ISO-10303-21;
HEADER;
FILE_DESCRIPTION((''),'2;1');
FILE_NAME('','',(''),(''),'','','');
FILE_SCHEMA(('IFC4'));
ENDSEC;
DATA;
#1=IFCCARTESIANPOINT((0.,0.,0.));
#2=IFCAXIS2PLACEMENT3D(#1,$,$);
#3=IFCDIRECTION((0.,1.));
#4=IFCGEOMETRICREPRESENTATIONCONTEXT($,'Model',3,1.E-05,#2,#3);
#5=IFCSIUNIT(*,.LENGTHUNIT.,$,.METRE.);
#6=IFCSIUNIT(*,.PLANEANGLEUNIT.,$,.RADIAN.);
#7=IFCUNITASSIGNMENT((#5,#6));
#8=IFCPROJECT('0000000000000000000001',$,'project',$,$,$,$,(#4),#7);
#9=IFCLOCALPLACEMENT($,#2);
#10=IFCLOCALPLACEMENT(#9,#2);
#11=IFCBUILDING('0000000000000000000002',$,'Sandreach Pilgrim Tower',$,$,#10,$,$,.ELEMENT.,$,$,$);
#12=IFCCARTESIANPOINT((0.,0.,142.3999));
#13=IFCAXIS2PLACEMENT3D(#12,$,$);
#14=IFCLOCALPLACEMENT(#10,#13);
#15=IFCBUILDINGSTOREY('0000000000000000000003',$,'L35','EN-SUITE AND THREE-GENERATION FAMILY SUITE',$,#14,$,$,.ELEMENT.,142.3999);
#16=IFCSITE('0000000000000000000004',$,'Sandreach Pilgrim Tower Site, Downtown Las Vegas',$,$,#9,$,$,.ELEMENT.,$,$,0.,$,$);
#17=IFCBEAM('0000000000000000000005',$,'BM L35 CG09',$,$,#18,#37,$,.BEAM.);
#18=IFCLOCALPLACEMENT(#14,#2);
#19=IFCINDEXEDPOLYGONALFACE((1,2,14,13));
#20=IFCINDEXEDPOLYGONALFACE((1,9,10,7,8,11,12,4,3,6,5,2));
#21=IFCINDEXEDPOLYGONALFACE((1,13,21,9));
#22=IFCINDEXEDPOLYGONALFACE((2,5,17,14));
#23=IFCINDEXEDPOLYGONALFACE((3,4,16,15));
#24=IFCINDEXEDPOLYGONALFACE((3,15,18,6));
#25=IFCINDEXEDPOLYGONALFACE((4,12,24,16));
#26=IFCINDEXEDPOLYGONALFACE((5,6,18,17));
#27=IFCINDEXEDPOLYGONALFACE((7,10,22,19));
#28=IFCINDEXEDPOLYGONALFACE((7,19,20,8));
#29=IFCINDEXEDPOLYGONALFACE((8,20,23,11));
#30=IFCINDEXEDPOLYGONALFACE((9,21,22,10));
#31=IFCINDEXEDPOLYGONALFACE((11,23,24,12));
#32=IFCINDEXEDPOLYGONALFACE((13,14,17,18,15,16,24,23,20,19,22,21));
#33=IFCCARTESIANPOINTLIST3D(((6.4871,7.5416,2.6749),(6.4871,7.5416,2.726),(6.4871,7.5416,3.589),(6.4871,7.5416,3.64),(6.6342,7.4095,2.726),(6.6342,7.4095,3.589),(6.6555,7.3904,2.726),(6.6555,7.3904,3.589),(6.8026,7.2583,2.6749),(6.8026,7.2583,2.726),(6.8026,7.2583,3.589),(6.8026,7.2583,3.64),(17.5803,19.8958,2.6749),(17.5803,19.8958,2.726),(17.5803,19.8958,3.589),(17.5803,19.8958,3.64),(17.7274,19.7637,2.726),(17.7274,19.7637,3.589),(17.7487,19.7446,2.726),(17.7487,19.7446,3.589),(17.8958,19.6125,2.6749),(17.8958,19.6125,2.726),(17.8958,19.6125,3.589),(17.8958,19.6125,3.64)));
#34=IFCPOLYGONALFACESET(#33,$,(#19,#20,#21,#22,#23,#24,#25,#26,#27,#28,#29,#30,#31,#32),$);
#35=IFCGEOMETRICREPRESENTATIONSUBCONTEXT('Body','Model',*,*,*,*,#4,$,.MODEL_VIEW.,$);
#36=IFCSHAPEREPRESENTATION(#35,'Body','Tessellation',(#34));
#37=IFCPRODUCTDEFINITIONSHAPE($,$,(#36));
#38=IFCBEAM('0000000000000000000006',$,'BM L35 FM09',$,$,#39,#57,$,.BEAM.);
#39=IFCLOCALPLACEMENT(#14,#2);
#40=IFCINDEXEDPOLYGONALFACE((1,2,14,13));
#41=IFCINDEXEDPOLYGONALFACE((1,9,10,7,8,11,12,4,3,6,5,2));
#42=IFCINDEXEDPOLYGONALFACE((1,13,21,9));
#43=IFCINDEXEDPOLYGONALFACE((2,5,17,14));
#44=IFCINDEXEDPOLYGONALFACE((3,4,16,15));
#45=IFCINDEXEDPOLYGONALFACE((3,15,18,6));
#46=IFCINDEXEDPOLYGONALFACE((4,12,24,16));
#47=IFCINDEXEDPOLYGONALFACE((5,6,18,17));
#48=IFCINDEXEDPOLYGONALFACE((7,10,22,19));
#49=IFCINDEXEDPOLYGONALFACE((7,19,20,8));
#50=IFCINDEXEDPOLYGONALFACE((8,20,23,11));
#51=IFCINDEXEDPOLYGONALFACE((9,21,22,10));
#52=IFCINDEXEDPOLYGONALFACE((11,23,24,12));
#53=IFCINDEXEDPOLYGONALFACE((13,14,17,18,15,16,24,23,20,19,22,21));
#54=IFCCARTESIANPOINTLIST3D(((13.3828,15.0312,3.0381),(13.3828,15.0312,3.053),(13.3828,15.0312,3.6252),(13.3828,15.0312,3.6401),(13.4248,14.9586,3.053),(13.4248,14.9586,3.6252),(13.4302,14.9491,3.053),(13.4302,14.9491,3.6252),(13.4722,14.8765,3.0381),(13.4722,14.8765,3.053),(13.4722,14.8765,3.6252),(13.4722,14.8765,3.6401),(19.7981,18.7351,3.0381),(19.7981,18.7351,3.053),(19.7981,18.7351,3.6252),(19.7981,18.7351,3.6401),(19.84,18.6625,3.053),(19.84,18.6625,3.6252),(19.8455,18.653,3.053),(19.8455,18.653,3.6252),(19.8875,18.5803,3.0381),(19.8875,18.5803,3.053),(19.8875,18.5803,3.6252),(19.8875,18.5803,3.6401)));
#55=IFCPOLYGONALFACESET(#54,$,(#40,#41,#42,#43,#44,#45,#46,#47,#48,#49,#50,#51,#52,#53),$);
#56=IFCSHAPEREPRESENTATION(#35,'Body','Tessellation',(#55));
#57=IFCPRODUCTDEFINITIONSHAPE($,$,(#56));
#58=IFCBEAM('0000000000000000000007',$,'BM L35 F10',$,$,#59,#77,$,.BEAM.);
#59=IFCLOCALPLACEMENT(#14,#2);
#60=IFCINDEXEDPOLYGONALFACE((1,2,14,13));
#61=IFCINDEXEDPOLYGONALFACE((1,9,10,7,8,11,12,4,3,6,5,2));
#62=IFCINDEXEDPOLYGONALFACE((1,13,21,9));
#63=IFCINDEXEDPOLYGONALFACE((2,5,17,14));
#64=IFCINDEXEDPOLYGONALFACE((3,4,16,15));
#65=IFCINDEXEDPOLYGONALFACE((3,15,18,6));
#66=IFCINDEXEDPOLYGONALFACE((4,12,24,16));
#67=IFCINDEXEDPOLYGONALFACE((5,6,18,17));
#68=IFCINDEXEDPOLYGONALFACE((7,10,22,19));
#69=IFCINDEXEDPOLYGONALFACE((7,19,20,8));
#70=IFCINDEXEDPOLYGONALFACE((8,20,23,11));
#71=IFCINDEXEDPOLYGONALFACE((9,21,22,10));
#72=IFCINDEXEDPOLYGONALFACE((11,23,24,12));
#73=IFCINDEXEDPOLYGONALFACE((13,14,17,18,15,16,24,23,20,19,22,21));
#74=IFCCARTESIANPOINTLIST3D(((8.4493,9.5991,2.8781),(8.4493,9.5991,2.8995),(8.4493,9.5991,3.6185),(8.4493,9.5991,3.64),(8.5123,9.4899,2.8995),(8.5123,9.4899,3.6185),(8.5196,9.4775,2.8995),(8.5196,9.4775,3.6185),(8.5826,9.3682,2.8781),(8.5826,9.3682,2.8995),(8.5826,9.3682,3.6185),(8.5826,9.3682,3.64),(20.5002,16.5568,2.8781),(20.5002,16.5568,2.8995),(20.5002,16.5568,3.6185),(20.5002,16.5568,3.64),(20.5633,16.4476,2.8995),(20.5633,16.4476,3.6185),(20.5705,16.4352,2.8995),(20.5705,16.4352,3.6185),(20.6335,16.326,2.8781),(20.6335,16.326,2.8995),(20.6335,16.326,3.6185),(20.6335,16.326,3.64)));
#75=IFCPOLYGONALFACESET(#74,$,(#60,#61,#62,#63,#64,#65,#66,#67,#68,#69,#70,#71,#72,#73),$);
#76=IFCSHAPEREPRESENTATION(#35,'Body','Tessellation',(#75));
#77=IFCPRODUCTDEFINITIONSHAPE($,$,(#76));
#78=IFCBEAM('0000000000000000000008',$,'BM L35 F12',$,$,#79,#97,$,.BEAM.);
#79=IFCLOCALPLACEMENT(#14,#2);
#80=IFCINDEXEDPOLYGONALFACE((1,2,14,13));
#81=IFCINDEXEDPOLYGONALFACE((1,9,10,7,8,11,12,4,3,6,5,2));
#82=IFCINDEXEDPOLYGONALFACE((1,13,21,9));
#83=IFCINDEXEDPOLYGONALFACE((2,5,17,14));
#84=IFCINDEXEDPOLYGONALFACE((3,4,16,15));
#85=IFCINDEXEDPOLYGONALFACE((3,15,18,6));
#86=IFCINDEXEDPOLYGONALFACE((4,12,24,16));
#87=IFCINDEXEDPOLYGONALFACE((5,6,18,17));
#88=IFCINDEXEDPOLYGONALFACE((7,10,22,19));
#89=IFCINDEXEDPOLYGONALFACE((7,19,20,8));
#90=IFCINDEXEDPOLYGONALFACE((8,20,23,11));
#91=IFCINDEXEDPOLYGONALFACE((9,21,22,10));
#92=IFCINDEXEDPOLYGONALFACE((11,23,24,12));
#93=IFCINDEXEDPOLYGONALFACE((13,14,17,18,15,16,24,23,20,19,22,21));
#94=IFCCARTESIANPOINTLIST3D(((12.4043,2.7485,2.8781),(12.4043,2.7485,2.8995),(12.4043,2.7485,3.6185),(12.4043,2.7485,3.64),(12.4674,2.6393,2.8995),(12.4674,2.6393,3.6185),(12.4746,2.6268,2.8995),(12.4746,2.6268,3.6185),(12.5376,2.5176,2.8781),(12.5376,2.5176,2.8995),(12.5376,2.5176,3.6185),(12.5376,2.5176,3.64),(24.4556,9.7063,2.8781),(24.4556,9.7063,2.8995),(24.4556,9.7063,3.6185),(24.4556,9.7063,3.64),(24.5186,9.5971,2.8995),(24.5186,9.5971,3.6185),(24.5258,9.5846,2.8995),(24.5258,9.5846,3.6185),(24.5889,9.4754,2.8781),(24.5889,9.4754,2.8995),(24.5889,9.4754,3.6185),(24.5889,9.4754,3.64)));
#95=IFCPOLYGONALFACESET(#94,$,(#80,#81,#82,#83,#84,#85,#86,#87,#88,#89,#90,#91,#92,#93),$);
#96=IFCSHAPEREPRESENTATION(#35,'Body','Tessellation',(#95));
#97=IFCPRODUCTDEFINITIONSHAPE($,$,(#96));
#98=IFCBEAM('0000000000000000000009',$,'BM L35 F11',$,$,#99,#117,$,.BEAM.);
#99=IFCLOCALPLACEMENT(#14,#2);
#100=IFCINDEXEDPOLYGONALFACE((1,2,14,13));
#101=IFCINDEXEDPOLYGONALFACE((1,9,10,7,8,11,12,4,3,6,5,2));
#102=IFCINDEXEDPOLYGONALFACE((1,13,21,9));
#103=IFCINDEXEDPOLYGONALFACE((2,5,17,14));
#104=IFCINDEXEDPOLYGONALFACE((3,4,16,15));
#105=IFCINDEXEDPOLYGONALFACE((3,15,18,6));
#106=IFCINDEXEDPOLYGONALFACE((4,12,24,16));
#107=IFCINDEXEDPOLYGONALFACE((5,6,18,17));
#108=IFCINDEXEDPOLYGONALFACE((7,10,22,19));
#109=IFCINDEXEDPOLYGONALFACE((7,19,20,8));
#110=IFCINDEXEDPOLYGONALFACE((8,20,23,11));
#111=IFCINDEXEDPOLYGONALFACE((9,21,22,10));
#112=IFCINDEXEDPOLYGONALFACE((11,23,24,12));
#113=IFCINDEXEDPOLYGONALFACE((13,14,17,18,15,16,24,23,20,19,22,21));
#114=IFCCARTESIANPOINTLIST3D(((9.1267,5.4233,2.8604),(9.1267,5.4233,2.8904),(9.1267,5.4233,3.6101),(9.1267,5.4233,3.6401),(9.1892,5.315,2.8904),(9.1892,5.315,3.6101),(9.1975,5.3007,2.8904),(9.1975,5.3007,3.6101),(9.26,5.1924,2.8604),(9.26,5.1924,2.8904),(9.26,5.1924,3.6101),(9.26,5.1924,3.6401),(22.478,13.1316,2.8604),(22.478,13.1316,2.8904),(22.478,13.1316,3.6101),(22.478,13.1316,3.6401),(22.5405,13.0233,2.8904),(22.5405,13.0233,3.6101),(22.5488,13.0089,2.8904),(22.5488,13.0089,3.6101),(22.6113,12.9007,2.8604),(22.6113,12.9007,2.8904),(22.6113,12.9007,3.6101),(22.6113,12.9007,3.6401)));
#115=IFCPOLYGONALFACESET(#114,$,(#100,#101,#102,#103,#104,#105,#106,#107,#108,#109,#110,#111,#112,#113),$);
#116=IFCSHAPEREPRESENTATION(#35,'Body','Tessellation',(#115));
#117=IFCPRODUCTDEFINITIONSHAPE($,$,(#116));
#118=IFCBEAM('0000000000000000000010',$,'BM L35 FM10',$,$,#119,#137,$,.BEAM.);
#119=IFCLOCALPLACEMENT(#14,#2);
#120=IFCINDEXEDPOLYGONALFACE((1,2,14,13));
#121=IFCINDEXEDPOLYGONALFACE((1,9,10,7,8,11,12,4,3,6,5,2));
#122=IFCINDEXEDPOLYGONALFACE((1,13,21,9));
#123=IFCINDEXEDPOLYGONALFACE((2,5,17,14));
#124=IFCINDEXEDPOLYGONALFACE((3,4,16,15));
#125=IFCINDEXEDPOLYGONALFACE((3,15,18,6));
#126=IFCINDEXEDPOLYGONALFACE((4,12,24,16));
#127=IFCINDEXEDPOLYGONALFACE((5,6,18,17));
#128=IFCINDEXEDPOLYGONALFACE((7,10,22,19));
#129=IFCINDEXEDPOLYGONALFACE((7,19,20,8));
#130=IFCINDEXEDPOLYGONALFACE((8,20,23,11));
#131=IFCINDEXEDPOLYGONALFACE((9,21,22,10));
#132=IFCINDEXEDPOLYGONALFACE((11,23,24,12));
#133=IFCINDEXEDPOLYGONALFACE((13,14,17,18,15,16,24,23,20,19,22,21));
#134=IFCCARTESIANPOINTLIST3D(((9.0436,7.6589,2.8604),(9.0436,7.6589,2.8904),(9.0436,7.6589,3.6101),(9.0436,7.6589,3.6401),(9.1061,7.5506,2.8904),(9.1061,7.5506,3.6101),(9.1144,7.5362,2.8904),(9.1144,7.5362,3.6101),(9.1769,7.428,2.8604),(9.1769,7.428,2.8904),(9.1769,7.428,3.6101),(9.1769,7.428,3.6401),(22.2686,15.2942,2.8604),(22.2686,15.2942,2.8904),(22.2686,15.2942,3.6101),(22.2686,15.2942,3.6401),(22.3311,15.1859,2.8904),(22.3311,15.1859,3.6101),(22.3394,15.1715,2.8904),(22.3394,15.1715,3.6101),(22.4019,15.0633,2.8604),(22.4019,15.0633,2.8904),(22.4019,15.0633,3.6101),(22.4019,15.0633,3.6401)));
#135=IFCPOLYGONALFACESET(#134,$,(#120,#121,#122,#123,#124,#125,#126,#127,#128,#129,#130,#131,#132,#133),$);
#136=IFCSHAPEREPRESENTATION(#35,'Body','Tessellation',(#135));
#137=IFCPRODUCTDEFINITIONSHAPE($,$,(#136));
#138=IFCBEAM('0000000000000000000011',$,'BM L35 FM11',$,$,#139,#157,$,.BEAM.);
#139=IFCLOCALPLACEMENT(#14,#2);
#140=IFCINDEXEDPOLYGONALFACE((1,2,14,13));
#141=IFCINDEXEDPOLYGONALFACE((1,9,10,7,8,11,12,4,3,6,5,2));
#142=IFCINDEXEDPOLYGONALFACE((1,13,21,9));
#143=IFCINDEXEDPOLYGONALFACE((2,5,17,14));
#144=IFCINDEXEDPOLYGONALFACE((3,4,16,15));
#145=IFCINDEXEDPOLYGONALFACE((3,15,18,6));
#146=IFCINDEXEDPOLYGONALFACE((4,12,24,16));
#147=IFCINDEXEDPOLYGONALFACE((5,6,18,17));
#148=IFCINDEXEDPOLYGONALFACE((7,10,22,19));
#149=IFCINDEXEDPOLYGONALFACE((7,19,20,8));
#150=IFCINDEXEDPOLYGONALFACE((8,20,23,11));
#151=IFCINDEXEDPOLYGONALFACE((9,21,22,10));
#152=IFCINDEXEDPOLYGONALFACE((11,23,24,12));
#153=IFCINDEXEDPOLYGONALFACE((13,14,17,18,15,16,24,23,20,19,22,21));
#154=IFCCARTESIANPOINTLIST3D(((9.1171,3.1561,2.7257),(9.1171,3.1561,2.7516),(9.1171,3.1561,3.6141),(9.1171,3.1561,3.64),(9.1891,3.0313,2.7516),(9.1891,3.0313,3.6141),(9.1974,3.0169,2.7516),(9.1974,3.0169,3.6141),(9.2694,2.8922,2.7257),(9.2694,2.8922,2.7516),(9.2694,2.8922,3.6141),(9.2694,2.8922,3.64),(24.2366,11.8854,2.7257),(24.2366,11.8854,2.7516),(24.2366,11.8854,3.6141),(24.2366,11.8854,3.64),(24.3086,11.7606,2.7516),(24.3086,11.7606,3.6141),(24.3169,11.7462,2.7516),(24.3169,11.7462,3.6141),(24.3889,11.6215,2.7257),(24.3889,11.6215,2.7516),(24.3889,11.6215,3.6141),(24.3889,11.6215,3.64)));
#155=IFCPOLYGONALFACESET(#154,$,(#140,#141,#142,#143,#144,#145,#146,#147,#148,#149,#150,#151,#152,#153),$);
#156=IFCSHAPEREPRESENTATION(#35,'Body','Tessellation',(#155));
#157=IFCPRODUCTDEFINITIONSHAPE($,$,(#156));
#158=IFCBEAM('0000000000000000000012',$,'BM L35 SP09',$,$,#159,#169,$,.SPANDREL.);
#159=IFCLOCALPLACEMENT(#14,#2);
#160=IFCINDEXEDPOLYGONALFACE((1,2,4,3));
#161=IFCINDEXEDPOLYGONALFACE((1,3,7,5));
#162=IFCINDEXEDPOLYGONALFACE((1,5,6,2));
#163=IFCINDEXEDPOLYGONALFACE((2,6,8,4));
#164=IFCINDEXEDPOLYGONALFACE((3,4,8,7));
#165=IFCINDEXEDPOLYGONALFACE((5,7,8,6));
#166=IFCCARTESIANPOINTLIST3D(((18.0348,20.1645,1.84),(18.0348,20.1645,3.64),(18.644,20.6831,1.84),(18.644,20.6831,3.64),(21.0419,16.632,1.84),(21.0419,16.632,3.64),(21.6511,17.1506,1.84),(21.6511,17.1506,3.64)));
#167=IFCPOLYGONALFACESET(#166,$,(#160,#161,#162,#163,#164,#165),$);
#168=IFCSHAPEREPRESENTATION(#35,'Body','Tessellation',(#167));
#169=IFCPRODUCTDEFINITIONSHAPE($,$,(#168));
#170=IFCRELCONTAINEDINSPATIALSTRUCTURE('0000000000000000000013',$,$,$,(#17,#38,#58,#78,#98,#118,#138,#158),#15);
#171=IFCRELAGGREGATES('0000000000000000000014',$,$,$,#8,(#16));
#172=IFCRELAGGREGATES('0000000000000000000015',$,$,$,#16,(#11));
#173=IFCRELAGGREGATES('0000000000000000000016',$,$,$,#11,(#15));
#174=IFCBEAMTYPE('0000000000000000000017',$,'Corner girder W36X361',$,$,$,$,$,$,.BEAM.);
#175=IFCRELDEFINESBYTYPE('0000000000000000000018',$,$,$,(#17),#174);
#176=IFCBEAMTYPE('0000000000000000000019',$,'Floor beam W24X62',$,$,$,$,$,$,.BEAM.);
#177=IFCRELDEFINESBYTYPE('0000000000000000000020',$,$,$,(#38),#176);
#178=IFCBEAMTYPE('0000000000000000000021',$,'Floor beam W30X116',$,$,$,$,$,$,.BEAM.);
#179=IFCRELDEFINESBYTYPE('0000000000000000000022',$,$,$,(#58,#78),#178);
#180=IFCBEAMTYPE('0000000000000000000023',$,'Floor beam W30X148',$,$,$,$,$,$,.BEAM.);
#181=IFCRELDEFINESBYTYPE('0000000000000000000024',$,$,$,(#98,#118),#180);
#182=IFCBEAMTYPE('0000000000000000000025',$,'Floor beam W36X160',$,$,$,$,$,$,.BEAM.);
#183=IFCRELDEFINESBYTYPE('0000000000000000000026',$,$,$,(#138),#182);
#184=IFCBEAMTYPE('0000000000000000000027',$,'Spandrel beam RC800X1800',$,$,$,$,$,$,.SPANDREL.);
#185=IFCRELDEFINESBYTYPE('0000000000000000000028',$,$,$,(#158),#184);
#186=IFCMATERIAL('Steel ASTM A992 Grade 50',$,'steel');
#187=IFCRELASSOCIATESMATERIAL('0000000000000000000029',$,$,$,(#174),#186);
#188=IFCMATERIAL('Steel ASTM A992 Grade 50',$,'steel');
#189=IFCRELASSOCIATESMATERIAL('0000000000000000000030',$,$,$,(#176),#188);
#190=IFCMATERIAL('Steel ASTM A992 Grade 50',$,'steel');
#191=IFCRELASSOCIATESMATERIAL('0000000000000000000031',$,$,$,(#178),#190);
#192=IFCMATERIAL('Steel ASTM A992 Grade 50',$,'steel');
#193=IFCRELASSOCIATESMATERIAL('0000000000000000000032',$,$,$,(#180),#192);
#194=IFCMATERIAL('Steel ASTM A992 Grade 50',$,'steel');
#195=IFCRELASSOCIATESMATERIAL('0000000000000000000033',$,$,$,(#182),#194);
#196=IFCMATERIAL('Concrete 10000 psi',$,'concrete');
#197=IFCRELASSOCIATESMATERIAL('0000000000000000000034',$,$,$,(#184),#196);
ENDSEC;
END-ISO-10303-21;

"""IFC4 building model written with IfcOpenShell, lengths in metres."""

from ifc_helpers import new_model, si_unit, direction, frame, origin, origin_2d, place, context, subcontext, project, spatial, rectangle, i_section, extrude, material, material_profile, profile_set, type_object, element, save


model = new_model("IFC4")

# Units and contexts
model_context = context("Model", 3, precision=1e-05, world=origin(), true_north=direction((0.0, 1.0)))
body_context = subcontext(model_context, "Body", "Model", "MODEL_VIEW")
ifc_project = project(units=[si_unit("LENGTHUNIT", "METRE"), si_unit("PLANEANGLEUNIT", "RADIAN")], contexts=[model_context])

# Site, building, storey
site_placement = place(None, origin())
site = spatial("IfcSite", under=ifc_project, at=site_placement, Name="Sandreach Pilgrim Tower Site, Downtown Las Vegas", CompositionType="ELEMENT", RefElevation=0.0)
building_placement = place(site_placement, origin())
building = spatial("IfcBuilding", under=site, at=building_placement, Name="Sandreach Pilgrim Tower", CompositionType="ELEMENT")
storey_placement = place(building_placement, frame((0.0, 0.0, 142.3999)))
storey = spatial("IfcBuildingStorey", under=building, at=storey_placement, Name="L35", Description="EN-SUITE AND THREE-GENERATION FAMILY SUITE", CompositionType="ELEMENT", Elevation=142.3999)

# Beams
ifc_material_1 = material(Name="Steel ASTM A992 Grade 50", Category="steel")
ifc_material_profile_1 = material_profile(ifc_material_1, i_section(OverallWidth=0.4241, OverallDepth=0.9651, WebThickness=0.0286, FlangeThickness=0.051, at=origin_2d()), Name="W36X361")
ifc_profile_set_1 = profile_set([ifc_material_profile_1], Name="Steel ASTM A992 Grade 50")
beam_type_1 = type_object("IfcBeamType", Name="Corner girder W36X361", PredefinedType="BEAM", material=ifc_profile_set_1)
beam_1_placement = place(storey_placement, frame((17.738, 19.7542, 3.1575), z_axis=(-0.668114, -0.744059, 0.0), x_axis=(0.744059, -0.668114, 0.0)))
element("IfcBeam", 1, at=beam_1_placement, inside=storey, type_object=beam_type_1, Name="BM L35 CG09", PredefinedType="BEAM", context=body_context, shape_type="SweptSolid", body=[
    extrude(i_section(OverallWidth=0.4241, OverallDepth=0.9651, WebThickness=0.0286, FlangeThickness=0.051, at=origin_2d()), origin(), (0.0, 0.0, 1.0), 16.6038),
])
ifc_material_2 = material(Name="Steel ASTM A992 Grade 50", Category="steel")
ifc_material_profile_2 = material_profile(ifc_material_2, i_section(OverallWidth=0.1787, OverallDepth=0.6021, WebThickness=0.011, FlangeThickness=0.0149, at=origin_2d()), Name="W24X62")
ifc_profile_set_2 = profile_set([ifc_material_profile_2], Name="Steel ASTM A992 Grade 50")
beam_type_2 = type_object("IfcBeamType", Name="Floor beam W24X62", PredefinedType="BEAM", material=ifc_profile_set_2)
beam_2_placement = place(storey_placement, frame((19.8428, 18.6577, 3.3391), z_axis=(-0.866026, -0.499999, 0.0), x_axis=(0.499999, -0.866026, 0.0)))
element("IfcBeam", 2, at=beam_2_placement, inside=storey, type_object=beam_type_2, Name="BM L35 FM09", PredefinedType="BEAM", context=body_context, shape_type="SweptSolid", body=[
    extrude(i_section(OverallWidth=0.1787, OverallDepth=0.6021, WebThickness=0.011, FlangeThickness=0.0149, at=origin_2d()), origin(), (0.0, 0.0, 1.0), 7.4077),
])
ifc_material_3 = material(Name="Steel ASTM A992 Grade 50", Category="steel")
ifc_material_profile_3 = material_profile(ifc_material_3, i_section(OverallWidth=0.2666, OverallDepth=0.762, WebThickness=0.0144, FlangeThickness=0.0215, at=origin_2d()), Name="W30X116")
ifc_profile_set_3 = profile_set([ifc_material_profile_3], Name="Steel ASTM A992 Grade 50")
beam_type_3 = type_object("IfcBeamType", Name="Floor beam W30X116", PredefinedType="BEAM", material=ifc_profile_set_3)
beam_3_placement = place(storey_placement, frame((20.5669, 16.4414, 3.259), z_axis=(-0.866022, -0.500005, 0.0), x_axis=(0.500005, -0.866022, 0.0)))
element("IfcBeam", 3, at=beam_3_placement, inside=storey, type_object=beam_type_3, Name="BM L35 F10", PredefinedType="BEAM", context=body_context, shape_type="SweptSolid", body=[
    extrude(i_section(OverallWidth=0.2666, OverallDepth=0.762, WebThickness=0.0144, FlangeThickness=0.0215, at=origin_2d()), origin(), (0.0, 0.0, 1.0), 13.9153),
])
beam_4_placement = place(storey_placement, frame((24.5222, 9.5908, 3.259), z_axis=(-0.866027, -0.499998, 0.0), x_axis=(0.499998, -0.866027, 0.0)))
element("IfcBeam", 4, at=beam_4_placement, inside=storey, type_object=beam_type_3, Name="BM L35 F12", PredefinedType="BEAM", context=body_context, shape_type="SweptSolid", body=[
    extrude(i_section(OverallWidth=0.2666, OverallDepth=0.762, WebThickness=0.0144, FlangeThickness=0.0215, at=origin_2d()), origin(), (0.0, 0.0, 1.0), 13.9155),
])
ifc_material_4 = material(Name="Steel ASTM A992 Grade 50", Category="steel")
ifc_material_profile_4 = material_profile(ifc_material_4, i_section(OverallWidth=0.2666, OverallDepth=0.7798, WebThickness=0.0166, FlangeThickness=0.03, at=origin_2d()), Name="W30X148")
ifc_profile_set_4 = profile_set([ifc_material_profile_4], Name="Steel ASTM A992 Grade 50")
beam_type_4 = type_object("IfcBeamType", Name="Floor beam W30X148", PredefinedType="BEAM", material=ifc_profile_set_4)
beam_5_placement = place(storey_placement, frame((22.5447, 13.0161, 3.2502), z_axis=(-0.866029, -0.499993, 0.0), x_axis=(0.499993, -0.866029, 0.0)))
element("IfcBeam", 5, at=beam_5_placement, inside=storey, type_object=beam_type_4, Name="BM L35 F11", PredefinedType="BEAM", context=body_context, shape_type="SweptSolid", body=[
    extrude(i_section(OverallWidth=0.2666, OverallDepth=0.7798, WebThickness=0.0166, FlangeThickness=0.03, at=origin_2d()), origin(), (0.0, 0.0, 1.0), 15.4167),
])
beam_6_placement = place(storey_placement, frame((22.3352, 15.1787, 3.2502), z_axis=(-0.866029, -0.499994, 0.0), x_axis=(0.499994, -0.866029, 0.0)))
element("IfcBeam", 6, at=beam_6_placement, inside=storey, type_object=beam_type_4, Name="BM L35 FM10", PredefinedType="BEAM", context=body_context, shape_type="SweptSolid", body=[
    extrude(i_section(OverallWidth=0.2666, OverallDepth=0.7798, WebThickness=0.0166, FlangeThickness=0.03, at=origin_2d()), origin(), (0.0, 0.0, 1.0), 15.2708),
])
ifc_material_5 = material(Name="Steel ASTM A992 Grade 50", Category="steel")
ifc_material_profile_5 = material_profile(ifc_material_5, i_section(OverallWidth=0.3047, OverallDepth=0.9143, WebThickness=0.0166, FlangeThickness=0.0259, at=origin_2d()), Name="W36X160")
ifc_profile_set_5 = profile_set([ifc_material_profile_5], Name="Steel ASTM A992 Grade 50")
beam_type_5 = type_object("IfcBeamType", Name="Floor beam W36X160", PredefinedType="BEAM", material=ifc_profile_set_5)
beam_7_placement = place(storey_placement, frame((24.3127, 11.7534, 3.1829), z_axis=(-0.866024, -0.500003, 0.0), x_axis=(0.500003, -0.866024, 0.0)))
element("IfcBeam", 7, at=beam_7_placement, inside=storey, type_object=beam_type_5, Name="BM L35 FM11", PredefinedType="BEAM", context=body_context, shape_type="SweptSolid", body=[
    extrude(i_section(OverallWidth=0.3047, OverallDepth=0.9143, WebThickness=0.0166, FlangeThickness=0.0259, at=origin_2d()), origin(), (0.0, 0.0, 1.0), 17.4585),
])
ifc_material_6 = material(Name="Concrete 10000 psi", Category="concrete")
ifc_material_profile_6 = material_profile(ifc_material_6, rectangle(XDim=0.8, YDim=1.8, at=origin_2d()), Name="RC800X1800")
ifc_profile_set_6 = profile_set([ifc_material_profile_6], Name="Concrete 10000 psi")
beam_type_6 = type_object("IfcBeamType", Name="Spandrel beam RC800X1800", PredefinedType="SPANDREL", material=ifc_profile_set_6)
beam_8_placement = place(storey_placement, frame((18.3394, 20.4238, 2.74), z_axis=(0.648209, -0.761463, 0.0), x_axis=(0.761463, 0.648209, 0.0)))
element("IfcBeam", 8, at=beam_8_placement, inside=storey, type_object=beam_type_6, Name="BM L35 SP09", PredefinedType="SPANDREL", context=body_context, shape_type="SweptSolid", body=[
    extrude(rectangle(XDim=0.8, YDim=1.8, at=origin_2d()), origin(), (0.0, 0.0, 1.0), 4.6392),
])

save(model, "model.ifc")
